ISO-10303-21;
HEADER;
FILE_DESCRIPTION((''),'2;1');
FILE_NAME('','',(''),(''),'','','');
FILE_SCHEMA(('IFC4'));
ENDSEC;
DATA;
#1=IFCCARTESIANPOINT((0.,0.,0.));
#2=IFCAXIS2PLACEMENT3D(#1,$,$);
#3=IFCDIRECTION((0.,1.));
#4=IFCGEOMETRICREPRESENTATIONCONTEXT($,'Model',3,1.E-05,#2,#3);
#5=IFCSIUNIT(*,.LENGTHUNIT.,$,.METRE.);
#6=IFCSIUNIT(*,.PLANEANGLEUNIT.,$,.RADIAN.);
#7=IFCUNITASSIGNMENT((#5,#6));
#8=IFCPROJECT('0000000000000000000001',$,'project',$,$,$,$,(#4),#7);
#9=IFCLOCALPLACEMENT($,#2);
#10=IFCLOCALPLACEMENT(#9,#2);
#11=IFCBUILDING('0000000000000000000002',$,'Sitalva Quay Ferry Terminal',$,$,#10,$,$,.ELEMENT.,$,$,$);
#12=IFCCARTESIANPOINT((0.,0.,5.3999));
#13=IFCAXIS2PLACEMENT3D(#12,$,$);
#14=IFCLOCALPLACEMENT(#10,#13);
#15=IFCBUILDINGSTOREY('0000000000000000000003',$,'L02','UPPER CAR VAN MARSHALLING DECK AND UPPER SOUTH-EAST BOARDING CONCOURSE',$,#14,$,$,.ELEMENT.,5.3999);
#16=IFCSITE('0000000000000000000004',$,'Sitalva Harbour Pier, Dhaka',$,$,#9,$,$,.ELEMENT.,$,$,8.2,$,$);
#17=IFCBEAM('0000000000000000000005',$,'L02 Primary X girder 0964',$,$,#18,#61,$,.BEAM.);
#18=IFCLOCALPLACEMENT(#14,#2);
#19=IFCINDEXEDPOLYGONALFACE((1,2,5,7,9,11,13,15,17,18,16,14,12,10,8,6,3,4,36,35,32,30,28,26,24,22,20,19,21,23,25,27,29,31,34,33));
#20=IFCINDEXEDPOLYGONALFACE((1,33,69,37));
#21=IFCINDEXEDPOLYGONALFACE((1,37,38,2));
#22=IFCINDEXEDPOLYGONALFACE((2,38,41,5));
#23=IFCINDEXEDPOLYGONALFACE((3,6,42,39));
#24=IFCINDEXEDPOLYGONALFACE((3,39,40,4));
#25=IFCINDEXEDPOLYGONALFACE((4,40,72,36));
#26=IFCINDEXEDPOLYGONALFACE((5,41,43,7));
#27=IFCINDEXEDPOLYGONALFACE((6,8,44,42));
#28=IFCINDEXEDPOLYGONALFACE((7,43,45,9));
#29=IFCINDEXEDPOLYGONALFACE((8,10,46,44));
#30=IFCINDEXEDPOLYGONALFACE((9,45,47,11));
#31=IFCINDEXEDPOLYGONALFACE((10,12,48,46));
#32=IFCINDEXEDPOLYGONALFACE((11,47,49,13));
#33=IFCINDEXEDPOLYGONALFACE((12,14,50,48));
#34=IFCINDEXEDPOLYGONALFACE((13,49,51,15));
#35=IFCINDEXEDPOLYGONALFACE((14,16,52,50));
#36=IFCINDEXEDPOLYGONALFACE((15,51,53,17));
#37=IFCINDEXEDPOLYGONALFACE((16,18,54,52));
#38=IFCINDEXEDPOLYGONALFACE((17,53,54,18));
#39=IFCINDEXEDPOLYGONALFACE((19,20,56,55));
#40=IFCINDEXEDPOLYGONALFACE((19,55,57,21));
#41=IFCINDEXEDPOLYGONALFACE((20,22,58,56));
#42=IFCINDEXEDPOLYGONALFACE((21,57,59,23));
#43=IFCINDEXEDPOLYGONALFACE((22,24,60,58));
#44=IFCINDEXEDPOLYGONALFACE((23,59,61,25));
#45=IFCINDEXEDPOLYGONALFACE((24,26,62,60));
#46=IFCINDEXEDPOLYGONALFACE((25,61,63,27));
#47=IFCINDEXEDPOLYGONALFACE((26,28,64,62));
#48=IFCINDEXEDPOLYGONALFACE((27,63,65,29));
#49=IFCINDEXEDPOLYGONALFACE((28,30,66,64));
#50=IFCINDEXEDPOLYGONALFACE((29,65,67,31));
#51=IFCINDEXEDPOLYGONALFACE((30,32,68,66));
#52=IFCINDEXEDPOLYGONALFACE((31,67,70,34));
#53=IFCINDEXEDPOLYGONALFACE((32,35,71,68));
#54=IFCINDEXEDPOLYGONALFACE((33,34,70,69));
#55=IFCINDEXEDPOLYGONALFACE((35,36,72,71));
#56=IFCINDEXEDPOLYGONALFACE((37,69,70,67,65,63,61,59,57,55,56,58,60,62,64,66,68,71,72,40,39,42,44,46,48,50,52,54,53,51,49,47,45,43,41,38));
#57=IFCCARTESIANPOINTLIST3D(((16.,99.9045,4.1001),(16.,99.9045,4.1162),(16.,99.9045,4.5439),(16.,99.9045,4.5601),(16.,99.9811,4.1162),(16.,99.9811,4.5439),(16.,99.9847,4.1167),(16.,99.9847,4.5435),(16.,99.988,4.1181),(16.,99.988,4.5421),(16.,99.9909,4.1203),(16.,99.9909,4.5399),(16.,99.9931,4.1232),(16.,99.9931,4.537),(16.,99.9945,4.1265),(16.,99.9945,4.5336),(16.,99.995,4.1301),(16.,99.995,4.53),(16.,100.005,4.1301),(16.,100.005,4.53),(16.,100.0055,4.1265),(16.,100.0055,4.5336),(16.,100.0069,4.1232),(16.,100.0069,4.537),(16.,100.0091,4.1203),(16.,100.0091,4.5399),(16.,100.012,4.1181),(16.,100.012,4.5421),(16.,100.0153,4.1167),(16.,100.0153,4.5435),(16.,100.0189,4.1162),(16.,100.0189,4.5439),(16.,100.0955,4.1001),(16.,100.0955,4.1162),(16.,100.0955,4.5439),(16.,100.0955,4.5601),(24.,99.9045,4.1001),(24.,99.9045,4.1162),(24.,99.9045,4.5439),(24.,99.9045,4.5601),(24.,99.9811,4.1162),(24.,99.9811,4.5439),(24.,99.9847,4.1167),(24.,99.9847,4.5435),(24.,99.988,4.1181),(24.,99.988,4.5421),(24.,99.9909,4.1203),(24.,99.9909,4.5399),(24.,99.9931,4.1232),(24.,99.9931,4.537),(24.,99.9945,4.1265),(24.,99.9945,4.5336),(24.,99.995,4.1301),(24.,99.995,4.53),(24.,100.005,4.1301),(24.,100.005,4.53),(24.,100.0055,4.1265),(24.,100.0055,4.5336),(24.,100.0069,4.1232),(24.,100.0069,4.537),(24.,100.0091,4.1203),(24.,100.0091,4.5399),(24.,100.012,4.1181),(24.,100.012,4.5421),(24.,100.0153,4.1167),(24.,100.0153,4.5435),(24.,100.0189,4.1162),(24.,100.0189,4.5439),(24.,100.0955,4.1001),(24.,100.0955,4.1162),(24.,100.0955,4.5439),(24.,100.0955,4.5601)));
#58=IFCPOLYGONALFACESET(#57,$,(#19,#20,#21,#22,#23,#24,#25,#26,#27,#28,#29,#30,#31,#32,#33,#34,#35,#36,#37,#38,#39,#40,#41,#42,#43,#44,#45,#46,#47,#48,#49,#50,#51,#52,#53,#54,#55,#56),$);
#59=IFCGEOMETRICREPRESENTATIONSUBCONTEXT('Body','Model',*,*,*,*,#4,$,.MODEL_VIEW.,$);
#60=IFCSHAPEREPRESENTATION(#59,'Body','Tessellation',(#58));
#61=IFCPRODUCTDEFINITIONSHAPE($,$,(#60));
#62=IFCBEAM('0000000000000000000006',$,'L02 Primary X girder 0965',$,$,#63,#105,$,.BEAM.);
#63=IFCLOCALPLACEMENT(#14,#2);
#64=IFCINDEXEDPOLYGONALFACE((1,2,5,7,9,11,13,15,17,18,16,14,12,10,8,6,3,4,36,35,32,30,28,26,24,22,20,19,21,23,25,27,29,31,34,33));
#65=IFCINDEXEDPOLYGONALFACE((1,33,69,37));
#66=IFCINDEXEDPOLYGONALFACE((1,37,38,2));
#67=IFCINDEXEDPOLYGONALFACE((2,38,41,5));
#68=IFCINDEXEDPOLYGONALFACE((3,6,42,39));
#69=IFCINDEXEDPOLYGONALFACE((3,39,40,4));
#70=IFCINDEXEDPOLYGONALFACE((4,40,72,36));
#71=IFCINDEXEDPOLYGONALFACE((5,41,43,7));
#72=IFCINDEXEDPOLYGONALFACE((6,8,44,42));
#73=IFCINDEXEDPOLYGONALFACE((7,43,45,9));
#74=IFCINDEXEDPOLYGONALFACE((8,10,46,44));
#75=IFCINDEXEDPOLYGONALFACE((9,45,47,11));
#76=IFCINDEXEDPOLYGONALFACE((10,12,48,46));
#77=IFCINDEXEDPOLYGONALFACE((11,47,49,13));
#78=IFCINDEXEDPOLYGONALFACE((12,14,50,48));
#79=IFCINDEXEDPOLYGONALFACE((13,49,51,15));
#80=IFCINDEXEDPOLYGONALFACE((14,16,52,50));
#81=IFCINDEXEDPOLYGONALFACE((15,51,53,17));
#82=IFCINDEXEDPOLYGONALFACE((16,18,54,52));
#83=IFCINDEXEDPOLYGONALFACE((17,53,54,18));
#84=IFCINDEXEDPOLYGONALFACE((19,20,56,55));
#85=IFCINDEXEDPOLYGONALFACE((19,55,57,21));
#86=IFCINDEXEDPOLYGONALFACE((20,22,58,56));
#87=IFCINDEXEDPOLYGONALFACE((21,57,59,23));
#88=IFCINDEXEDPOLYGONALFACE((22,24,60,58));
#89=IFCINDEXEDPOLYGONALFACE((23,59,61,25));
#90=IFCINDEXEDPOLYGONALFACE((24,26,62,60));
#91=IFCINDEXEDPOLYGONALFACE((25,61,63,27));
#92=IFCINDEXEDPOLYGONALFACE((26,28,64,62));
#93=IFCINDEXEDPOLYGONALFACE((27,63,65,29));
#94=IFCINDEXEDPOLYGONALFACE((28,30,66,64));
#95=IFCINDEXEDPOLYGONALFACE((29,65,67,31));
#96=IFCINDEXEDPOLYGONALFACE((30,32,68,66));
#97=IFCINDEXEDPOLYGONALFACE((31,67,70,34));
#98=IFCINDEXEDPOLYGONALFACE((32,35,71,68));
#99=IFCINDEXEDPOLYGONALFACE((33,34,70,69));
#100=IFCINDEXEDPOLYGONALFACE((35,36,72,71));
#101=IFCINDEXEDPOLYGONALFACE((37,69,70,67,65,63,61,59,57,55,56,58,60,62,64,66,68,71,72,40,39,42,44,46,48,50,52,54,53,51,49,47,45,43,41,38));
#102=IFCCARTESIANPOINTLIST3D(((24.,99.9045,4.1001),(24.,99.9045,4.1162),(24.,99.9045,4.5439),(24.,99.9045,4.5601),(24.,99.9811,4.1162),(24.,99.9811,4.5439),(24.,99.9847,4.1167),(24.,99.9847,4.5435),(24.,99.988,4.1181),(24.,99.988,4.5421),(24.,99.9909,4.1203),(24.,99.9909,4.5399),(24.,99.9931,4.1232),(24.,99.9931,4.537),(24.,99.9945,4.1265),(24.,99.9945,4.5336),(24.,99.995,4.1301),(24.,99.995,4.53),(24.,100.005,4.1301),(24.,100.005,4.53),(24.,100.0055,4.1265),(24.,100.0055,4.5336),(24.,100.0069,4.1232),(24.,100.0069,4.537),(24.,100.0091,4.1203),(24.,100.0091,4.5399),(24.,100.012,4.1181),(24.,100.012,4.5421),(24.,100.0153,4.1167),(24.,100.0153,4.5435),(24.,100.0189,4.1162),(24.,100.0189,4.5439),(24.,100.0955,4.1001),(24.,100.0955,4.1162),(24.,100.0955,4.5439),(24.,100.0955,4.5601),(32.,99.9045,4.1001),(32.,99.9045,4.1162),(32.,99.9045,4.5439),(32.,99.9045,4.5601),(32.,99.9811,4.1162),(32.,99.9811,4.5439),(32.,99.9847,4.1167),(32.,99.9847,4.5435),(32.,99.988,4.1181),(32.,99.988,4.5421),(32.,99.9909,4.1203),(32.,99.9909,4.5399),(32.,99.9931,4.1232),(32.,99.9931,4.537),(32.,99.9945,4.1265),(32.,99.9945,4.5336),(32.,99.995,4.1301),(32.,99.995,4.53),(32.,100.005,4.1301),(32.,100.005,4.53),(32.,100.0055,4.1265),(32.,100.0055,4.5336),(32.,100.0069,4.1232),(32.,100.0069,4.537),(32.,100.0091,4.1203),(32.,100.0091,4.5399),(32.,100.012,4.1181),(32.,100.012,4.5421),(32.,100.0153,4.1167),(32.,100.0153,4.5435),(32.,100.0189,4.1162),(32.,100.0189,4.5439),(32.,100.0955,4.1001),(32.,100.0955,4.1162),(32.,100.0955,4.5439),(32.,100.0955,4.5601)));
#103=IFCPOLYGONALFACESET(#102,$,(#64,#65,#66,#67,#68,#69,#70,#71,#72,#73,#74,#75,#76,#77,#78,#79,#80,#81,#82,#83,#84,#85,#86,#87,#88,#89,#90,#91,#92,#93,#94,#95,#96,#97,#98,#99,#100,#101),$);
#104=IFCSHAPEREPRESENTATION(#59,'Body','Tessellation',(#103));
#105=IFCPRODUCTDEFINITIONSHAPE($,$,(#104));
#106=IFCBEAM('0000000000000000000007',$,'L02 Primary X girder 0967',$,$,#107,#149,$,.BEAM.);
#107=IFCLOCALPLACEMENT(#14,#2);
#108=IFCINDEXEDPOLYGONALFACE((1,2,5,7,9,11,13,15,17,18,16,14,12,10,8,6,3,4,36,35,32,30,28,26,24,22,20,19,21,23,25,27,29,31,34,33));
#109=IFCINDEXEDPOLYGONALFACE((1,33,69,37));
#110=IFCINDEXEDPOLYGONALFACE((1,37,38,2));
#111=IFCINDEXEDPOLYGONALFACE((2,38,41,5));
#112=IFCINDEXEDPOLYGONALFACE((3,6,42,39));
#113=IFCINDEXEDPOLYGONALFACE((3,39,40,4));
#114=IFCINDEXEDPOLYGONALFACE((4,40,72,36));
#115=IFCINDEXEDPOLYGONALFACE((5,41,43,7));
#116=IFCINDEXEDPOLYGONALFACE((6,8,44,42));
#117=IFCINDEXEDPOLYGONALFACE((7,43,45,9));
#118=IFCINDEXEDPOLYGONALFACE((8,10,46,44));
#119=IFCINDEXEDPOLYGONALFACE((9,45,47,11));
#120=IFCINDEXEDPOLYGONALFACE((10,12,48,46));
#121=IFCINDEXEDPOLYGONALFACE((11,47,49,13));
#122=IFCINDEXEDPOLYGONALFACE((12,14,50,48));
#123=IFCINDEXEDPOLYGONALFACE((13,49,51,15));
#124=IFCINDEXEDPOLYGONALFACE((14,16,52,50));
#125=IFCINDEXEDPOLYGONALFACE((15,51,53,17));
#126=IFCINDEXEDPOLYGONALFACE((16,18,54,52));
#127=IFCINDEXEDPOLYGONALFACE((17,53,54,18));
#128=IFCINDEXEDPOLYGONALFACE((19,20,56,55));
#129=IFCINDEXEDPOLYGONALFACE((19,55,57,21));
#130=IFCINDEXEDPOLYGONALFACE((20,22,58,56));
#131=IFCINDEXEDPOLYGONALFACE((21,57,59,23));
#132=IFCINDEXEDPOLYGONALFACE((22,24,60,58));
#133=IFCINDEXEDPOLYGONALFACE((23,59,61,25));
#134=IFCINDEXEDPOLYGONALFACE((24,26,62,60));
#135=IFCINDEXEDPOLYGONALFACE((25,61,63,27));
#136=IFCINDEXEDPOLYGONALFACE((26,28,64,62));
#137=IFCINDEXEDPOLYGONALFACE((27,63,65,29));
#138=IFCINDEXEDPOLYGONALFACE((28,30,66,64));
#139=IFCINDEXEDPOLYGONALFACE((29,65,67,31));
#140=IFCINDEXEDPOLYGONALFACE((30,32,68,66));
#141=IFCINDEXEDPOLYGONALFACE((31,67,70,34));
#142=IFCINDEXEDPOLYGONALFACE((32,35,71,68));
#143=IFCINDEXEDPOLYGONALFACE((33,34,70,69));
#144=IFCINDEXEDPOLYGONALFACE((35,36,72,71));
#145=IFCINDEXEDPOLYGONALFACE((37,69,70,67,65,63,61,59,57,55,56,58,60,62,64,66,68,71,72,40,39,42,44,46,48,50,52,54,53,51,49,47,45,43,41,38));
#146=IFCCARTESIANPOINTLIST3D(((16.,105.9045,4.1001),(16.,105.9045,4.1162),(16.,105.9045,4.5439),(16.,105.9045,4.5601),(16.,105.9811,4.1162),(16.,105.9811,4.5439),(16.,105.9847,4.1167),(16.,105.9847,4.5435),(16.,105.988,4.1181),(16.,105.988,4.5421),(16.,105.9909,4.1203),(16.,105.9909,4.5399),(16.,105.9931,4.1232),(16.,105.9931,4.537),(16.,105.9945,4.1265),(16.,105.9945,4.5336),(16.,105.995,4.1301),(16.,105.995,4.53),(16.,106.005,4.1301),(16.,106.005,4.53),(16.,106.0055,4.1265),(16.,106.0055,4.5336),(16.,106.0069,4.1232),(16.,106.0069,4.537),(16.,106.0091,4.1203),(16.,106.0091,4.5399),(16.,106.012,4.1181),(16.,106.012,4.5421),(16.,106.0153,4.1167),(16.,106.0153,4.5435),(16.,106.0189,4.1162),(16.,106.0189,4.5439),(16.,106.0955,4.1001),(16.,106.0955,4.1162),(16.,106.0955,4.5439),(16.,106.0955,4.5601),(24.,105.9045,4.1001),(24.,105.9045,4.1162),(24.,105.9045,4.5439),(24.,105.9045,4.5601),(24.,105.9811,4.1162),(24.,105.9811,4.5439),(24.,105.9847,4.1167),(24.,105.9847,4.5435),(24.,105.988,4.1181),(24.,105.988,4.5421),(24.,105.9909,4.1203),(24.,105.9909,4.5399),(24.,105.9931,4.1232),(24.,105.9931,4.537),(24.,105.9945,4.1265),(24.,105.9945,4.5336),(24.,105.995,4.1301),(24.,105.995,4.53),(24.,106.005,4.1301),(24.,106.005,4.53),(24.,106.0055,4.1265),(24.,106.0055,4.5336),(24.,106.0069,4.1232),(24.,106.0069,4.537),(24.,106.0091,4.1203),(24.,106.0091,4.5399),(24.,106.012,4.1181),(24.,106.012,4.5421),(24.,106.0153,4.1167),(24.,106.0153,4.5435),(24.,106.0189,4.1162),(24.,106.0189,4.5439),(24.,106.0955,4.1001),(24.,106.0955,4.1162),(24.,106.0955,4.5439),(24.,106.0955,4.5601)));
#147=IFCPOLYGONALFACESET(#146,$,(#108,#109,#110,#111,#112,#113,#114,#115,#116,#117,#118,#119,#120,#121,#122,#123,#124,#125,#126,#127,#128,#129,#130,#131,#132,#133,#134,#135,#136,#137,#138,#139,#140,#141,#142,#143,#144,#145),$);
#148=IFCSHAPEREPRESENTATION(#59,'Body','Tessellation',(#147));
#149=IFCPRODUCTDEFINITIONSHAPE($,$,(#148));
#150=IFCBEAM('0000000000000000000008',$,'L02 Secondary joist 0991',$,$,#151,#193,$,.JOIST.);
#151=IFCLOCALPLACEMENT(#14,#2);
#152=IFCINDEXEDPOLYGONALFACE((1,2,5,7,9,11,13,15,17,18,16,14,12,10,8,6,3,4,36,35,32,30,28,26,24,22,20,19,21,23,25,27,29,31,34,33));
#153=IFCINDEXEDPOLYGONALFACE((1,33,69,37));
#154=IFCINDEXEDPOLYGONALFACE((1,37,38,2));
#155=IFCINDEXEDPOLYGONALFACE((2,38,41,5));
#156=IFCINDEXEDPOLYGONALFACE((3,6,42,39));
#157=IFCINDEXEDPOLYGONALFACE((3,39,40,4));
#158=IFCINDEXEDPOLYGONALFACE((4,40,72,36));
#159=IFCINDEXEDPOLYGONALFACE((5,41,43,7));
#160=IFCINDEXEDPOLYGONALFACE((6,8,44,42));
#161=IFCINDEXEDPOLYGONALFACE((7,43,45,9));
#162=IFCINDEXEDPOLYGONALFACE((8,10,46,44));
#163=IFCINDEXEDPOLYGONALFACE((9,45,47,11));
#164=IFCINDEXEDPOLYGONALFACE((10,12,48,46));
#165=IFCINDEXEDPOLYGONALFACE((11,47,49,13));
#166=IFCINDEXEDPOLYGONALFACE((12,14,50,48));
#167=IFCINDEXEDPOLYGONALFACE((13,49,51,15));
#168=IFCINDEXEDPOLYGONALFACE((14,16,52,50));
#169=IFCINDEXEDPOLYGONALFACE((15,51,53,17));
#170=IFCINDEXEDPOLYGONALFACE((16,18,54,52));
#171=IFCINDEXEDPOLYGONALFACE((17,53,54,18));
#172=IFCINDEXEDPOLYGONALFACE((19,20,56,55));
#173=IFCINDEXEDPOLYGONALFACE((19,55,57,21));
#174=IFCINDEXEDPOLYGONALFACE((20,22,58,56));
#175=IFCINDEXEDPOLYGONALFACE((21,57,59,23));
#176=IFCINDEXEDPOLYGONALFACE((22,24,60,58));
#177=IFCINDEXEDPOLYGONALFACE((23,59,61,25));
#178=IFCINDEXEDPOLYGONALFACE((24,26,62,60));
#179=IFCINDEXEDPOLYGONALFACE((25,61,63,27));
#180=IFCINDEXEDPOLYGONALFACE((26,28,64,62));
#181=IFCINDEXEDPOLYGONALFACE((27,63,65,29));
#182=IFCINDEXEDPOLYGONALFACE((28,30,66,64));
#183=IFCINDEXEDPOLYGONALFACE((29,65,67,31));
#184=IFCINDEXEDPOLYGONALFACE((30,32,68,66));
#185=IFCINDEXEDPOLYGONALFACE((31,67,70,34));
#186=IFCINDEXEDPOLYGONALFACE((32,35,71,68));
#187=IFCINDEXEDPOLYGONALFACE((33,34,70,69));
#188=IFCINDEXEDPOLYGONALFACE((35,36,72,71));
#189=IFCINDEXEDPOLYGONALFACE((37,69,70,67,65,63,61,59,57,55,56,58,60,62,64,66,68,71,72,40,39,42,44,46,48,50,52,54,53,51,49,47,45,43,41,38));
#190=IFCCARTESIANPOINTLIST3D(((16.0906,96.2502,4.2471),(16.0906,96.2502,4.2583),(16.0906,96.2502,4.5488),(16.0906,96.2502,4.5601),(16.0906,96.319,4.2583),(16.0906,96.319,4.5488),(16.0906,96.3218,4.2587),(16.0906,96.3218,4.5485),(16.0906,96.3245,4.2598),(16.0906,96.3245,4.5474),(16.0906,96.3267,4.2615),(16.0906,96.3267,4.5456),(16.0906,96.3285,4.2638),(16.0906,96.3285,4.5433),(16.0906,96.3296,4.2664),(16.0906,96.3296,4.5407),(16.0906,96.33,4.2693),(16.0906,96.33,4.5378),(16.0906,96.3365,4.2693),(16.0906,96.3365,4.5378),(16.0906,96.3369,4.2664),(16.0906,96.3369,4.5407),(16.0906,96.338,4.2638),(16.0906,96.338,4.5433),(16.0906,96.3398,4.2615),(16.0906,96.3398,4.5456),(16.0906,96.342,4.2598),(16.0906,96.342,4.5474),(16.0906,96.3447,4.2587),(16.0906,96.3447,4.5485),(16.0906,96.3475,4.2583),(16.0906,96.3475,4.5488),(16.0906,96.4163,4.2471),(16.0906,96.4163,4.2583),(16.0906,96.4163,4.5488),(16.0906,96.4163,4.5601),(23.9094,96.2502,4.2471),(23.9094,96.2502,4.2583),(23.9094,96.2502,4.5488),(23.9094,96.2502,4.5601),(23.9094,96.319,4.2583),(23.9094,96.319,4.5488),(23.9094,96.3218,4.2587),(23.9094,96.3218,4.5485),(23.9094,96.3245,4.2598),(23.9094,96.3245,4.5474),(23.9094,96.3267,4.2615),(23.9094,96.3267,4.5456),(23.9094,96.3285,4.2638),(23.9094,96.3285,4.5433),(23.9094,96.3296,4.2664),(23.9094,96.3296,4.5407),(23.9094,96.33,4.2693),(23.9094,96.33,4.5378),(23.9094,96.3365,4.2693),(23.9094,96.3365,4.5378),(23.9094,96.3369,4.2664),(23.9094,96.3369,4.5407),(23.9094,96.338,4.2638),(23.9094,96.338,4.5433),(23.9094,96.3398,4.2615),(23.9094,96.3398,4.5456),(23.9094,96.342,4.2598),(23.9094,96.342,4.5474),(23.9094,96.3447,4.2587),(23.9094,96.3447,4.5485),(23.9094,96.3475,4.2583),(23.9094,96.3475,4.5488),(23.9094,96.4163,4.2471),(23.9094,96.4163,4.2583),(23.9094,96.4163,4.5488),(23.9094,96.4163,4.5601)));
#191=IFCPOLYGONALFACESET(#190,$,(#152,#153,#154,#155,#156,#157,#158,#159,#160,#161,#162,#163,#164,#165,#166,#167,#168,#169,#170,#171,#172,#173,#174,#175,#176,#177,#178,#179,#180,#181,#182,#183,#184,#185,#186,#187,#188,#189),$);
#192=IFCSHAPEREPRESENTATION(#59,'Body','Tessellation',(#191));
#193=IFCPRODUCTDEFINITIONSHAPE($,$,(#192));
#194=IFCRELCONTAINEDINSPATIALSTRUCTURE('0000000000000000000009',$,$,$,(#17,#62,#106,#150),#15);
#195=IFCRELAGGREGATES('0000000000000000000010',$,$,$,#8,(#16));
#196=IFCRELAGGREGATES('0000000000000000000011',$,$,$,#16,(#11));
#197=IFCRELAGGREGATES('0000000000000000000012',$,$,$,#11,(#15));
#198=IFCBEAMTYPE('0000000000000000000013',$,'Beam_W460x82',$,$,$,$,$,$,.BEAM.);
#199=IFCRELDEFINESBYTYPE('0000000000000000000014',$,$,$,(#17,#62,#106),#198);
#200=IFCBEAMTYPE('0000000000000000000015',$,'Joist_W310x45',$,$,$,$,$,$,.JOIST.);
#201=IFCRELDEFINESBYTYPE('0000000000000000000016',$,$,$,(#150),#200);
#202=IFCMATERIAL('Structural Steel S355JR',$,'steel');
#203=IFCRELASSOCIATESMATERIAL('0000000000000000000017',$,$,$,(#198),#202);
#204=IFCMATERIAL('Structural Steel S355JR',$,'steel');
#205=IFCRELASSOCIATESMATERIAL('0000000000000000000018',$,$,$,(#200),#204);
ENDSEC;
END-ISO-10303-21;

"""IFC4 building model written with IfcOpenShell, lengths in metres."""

from ifc_helpers import new_model, si_unit, direction, frame, origin, origin_2d, place, context, subcontext, project, spatial, i_section, extrude, material, material_profile, profile_set, type_object, element, save


model = new_model("IFC4")

# Units and contexts
model_context = context("Model", 3, precision=1e-05, world=origin(), true_north=direction((0.0, 1.0)))
body_context = subcontext(model_context, "Body", "Model", "MODEL_VIEW")
ifc_project = project(units=[si_unit("LENGTHUNIT", "METRE"), si_unit("PLANEANGLEUNIT", "RADIAN")], contexts=[model_context])

# Site, building, storey
site_placement = place(None, origin())
site = spatial("IfcSite", under=ifc_project, at=site_placement, Name="Sitalva Harbour Pier, Dhaka", CompositionType="ELEMENT", RefElevation=8.2)
building_placement = place(site_placement, origin())
building = spatial("IfcBuilding", under=site, at=building_placement, Name="Sitalva Quay Ferry Terminal", CompositionType="ELEMENT")
storey_placement = place(building_placement, frame((0.0, 0.0, 5.3999)))
storey = spatial("IfcBuildingStorey", under=building, at=storey_placement, Name="L02", Description="UPPER CAR VAN MARSHALLING DECK AND UPPER SOUTH-EAST BOARDING CONCOURSE", CompositionType="ELEMENT", Elevation=5.3999)

# Beams
ifc_material_1 = material(Name="Structural Steel S355JR", Category="steel")
ifc_material_profile_1 = material_profile(ifc_material_1, i_section(OverallWidth=0.1909, OverallDepth=0.46, WebThickness=0.01, FlangeThickness=0.0161, FilletRadius=0.0139, at=origin_2d()), Name="W460x82")
ifc_profile_set_1 = profile_set([ifc_material_profile_1], Name="Structural Steel S355JR")
beam_type_1 = type_object("IfcBeamType", Name="Beam_W460x82", PredefinedType="BEAM", material=ifc_profile_set_1)
for number, where, z_axis, x_axis, name in (
    (1, (16.0, 100.0, 4.3301), (1.0, 0.0, 0.0), (0.0, 1.0, 0.0), "L02 Primary X girder 0964"),
    (2, (24.0, 100.0, 4.3301), (1.0, 0.0, 0.0), (0.0, 1.0, 0.0), "L02 Primary X girder 0965"),
    (3, (16.0, 106.0, 4.3301), (1.0, 0.0, 0.0), (0.0, 1.0, 0.0), "L02 Primary X girder 0967"),
):
    element("IfcBeam", number, at=place(storey_placement, frame(where, z_axis=z_axis, x_axis=x_axis)), inside=storey, type_object=beam_type_1, Name=name, PredefinedType="BEAM", context=body_context, shape_type="SweptSolid", body=[
        extrude(i_section(OverallWidth=0.1909, OverallDepth=0.46, WebThickness=0.01, FlangeThickness=0.0161, FilletRadius=0.0139, at=origin_2d()), origin(), (0.0, 0.0, 1.0), 8.0),
    ])
ifc_material_2 = material(Name="Structural Steel S355JR", Category="steel")
ifc_material_profile_2 = material_profile(ifc_material_2, i_section(OverallWidth=0.166, OverallDepth=0.313, WebThickness=0.0066, FlangeThickness=0.0112, FilletRadius=0.011, at=origin_2d()), Name="W310x45")
ifc_profile_set_2 = profile_set([ifc_material_profile_2], Name="Structural Steel S355JR")
beam_type_2 = type_object("IfcBeamType", Name="Joist_W310x45", PredefinedType="JOIST", material=ifc_profile_set_2)
for number, where, z_axis, x_axis, name in (
    (4, (16.0906, 96.3333, 4.4036), (1.0, 0.0, 0.0), (0.0, 1.0, 0.0), "L02 Secondary joist 0991"),
):
    element("IfcBeam", number, at=place(storey_placement, frame(where, z_axis=z_axis, x_axis=x_axis)), inside=storey, type_object=beam_type_2, Name=name, PredefinedType="JOIST", context=body_context, shape_type="SweptSolid", body=[
        extrude(i_section(OverallWidth=0.166, OverallDepth=0.313, WebThickness=0.0066, FlangeThickness=0.0112, FilletRadius=0.011, at=origin_2d()), origin(), (0.0, 0.0, 1.0), 7.8188),
    ])

save(model, "model.ifc")
